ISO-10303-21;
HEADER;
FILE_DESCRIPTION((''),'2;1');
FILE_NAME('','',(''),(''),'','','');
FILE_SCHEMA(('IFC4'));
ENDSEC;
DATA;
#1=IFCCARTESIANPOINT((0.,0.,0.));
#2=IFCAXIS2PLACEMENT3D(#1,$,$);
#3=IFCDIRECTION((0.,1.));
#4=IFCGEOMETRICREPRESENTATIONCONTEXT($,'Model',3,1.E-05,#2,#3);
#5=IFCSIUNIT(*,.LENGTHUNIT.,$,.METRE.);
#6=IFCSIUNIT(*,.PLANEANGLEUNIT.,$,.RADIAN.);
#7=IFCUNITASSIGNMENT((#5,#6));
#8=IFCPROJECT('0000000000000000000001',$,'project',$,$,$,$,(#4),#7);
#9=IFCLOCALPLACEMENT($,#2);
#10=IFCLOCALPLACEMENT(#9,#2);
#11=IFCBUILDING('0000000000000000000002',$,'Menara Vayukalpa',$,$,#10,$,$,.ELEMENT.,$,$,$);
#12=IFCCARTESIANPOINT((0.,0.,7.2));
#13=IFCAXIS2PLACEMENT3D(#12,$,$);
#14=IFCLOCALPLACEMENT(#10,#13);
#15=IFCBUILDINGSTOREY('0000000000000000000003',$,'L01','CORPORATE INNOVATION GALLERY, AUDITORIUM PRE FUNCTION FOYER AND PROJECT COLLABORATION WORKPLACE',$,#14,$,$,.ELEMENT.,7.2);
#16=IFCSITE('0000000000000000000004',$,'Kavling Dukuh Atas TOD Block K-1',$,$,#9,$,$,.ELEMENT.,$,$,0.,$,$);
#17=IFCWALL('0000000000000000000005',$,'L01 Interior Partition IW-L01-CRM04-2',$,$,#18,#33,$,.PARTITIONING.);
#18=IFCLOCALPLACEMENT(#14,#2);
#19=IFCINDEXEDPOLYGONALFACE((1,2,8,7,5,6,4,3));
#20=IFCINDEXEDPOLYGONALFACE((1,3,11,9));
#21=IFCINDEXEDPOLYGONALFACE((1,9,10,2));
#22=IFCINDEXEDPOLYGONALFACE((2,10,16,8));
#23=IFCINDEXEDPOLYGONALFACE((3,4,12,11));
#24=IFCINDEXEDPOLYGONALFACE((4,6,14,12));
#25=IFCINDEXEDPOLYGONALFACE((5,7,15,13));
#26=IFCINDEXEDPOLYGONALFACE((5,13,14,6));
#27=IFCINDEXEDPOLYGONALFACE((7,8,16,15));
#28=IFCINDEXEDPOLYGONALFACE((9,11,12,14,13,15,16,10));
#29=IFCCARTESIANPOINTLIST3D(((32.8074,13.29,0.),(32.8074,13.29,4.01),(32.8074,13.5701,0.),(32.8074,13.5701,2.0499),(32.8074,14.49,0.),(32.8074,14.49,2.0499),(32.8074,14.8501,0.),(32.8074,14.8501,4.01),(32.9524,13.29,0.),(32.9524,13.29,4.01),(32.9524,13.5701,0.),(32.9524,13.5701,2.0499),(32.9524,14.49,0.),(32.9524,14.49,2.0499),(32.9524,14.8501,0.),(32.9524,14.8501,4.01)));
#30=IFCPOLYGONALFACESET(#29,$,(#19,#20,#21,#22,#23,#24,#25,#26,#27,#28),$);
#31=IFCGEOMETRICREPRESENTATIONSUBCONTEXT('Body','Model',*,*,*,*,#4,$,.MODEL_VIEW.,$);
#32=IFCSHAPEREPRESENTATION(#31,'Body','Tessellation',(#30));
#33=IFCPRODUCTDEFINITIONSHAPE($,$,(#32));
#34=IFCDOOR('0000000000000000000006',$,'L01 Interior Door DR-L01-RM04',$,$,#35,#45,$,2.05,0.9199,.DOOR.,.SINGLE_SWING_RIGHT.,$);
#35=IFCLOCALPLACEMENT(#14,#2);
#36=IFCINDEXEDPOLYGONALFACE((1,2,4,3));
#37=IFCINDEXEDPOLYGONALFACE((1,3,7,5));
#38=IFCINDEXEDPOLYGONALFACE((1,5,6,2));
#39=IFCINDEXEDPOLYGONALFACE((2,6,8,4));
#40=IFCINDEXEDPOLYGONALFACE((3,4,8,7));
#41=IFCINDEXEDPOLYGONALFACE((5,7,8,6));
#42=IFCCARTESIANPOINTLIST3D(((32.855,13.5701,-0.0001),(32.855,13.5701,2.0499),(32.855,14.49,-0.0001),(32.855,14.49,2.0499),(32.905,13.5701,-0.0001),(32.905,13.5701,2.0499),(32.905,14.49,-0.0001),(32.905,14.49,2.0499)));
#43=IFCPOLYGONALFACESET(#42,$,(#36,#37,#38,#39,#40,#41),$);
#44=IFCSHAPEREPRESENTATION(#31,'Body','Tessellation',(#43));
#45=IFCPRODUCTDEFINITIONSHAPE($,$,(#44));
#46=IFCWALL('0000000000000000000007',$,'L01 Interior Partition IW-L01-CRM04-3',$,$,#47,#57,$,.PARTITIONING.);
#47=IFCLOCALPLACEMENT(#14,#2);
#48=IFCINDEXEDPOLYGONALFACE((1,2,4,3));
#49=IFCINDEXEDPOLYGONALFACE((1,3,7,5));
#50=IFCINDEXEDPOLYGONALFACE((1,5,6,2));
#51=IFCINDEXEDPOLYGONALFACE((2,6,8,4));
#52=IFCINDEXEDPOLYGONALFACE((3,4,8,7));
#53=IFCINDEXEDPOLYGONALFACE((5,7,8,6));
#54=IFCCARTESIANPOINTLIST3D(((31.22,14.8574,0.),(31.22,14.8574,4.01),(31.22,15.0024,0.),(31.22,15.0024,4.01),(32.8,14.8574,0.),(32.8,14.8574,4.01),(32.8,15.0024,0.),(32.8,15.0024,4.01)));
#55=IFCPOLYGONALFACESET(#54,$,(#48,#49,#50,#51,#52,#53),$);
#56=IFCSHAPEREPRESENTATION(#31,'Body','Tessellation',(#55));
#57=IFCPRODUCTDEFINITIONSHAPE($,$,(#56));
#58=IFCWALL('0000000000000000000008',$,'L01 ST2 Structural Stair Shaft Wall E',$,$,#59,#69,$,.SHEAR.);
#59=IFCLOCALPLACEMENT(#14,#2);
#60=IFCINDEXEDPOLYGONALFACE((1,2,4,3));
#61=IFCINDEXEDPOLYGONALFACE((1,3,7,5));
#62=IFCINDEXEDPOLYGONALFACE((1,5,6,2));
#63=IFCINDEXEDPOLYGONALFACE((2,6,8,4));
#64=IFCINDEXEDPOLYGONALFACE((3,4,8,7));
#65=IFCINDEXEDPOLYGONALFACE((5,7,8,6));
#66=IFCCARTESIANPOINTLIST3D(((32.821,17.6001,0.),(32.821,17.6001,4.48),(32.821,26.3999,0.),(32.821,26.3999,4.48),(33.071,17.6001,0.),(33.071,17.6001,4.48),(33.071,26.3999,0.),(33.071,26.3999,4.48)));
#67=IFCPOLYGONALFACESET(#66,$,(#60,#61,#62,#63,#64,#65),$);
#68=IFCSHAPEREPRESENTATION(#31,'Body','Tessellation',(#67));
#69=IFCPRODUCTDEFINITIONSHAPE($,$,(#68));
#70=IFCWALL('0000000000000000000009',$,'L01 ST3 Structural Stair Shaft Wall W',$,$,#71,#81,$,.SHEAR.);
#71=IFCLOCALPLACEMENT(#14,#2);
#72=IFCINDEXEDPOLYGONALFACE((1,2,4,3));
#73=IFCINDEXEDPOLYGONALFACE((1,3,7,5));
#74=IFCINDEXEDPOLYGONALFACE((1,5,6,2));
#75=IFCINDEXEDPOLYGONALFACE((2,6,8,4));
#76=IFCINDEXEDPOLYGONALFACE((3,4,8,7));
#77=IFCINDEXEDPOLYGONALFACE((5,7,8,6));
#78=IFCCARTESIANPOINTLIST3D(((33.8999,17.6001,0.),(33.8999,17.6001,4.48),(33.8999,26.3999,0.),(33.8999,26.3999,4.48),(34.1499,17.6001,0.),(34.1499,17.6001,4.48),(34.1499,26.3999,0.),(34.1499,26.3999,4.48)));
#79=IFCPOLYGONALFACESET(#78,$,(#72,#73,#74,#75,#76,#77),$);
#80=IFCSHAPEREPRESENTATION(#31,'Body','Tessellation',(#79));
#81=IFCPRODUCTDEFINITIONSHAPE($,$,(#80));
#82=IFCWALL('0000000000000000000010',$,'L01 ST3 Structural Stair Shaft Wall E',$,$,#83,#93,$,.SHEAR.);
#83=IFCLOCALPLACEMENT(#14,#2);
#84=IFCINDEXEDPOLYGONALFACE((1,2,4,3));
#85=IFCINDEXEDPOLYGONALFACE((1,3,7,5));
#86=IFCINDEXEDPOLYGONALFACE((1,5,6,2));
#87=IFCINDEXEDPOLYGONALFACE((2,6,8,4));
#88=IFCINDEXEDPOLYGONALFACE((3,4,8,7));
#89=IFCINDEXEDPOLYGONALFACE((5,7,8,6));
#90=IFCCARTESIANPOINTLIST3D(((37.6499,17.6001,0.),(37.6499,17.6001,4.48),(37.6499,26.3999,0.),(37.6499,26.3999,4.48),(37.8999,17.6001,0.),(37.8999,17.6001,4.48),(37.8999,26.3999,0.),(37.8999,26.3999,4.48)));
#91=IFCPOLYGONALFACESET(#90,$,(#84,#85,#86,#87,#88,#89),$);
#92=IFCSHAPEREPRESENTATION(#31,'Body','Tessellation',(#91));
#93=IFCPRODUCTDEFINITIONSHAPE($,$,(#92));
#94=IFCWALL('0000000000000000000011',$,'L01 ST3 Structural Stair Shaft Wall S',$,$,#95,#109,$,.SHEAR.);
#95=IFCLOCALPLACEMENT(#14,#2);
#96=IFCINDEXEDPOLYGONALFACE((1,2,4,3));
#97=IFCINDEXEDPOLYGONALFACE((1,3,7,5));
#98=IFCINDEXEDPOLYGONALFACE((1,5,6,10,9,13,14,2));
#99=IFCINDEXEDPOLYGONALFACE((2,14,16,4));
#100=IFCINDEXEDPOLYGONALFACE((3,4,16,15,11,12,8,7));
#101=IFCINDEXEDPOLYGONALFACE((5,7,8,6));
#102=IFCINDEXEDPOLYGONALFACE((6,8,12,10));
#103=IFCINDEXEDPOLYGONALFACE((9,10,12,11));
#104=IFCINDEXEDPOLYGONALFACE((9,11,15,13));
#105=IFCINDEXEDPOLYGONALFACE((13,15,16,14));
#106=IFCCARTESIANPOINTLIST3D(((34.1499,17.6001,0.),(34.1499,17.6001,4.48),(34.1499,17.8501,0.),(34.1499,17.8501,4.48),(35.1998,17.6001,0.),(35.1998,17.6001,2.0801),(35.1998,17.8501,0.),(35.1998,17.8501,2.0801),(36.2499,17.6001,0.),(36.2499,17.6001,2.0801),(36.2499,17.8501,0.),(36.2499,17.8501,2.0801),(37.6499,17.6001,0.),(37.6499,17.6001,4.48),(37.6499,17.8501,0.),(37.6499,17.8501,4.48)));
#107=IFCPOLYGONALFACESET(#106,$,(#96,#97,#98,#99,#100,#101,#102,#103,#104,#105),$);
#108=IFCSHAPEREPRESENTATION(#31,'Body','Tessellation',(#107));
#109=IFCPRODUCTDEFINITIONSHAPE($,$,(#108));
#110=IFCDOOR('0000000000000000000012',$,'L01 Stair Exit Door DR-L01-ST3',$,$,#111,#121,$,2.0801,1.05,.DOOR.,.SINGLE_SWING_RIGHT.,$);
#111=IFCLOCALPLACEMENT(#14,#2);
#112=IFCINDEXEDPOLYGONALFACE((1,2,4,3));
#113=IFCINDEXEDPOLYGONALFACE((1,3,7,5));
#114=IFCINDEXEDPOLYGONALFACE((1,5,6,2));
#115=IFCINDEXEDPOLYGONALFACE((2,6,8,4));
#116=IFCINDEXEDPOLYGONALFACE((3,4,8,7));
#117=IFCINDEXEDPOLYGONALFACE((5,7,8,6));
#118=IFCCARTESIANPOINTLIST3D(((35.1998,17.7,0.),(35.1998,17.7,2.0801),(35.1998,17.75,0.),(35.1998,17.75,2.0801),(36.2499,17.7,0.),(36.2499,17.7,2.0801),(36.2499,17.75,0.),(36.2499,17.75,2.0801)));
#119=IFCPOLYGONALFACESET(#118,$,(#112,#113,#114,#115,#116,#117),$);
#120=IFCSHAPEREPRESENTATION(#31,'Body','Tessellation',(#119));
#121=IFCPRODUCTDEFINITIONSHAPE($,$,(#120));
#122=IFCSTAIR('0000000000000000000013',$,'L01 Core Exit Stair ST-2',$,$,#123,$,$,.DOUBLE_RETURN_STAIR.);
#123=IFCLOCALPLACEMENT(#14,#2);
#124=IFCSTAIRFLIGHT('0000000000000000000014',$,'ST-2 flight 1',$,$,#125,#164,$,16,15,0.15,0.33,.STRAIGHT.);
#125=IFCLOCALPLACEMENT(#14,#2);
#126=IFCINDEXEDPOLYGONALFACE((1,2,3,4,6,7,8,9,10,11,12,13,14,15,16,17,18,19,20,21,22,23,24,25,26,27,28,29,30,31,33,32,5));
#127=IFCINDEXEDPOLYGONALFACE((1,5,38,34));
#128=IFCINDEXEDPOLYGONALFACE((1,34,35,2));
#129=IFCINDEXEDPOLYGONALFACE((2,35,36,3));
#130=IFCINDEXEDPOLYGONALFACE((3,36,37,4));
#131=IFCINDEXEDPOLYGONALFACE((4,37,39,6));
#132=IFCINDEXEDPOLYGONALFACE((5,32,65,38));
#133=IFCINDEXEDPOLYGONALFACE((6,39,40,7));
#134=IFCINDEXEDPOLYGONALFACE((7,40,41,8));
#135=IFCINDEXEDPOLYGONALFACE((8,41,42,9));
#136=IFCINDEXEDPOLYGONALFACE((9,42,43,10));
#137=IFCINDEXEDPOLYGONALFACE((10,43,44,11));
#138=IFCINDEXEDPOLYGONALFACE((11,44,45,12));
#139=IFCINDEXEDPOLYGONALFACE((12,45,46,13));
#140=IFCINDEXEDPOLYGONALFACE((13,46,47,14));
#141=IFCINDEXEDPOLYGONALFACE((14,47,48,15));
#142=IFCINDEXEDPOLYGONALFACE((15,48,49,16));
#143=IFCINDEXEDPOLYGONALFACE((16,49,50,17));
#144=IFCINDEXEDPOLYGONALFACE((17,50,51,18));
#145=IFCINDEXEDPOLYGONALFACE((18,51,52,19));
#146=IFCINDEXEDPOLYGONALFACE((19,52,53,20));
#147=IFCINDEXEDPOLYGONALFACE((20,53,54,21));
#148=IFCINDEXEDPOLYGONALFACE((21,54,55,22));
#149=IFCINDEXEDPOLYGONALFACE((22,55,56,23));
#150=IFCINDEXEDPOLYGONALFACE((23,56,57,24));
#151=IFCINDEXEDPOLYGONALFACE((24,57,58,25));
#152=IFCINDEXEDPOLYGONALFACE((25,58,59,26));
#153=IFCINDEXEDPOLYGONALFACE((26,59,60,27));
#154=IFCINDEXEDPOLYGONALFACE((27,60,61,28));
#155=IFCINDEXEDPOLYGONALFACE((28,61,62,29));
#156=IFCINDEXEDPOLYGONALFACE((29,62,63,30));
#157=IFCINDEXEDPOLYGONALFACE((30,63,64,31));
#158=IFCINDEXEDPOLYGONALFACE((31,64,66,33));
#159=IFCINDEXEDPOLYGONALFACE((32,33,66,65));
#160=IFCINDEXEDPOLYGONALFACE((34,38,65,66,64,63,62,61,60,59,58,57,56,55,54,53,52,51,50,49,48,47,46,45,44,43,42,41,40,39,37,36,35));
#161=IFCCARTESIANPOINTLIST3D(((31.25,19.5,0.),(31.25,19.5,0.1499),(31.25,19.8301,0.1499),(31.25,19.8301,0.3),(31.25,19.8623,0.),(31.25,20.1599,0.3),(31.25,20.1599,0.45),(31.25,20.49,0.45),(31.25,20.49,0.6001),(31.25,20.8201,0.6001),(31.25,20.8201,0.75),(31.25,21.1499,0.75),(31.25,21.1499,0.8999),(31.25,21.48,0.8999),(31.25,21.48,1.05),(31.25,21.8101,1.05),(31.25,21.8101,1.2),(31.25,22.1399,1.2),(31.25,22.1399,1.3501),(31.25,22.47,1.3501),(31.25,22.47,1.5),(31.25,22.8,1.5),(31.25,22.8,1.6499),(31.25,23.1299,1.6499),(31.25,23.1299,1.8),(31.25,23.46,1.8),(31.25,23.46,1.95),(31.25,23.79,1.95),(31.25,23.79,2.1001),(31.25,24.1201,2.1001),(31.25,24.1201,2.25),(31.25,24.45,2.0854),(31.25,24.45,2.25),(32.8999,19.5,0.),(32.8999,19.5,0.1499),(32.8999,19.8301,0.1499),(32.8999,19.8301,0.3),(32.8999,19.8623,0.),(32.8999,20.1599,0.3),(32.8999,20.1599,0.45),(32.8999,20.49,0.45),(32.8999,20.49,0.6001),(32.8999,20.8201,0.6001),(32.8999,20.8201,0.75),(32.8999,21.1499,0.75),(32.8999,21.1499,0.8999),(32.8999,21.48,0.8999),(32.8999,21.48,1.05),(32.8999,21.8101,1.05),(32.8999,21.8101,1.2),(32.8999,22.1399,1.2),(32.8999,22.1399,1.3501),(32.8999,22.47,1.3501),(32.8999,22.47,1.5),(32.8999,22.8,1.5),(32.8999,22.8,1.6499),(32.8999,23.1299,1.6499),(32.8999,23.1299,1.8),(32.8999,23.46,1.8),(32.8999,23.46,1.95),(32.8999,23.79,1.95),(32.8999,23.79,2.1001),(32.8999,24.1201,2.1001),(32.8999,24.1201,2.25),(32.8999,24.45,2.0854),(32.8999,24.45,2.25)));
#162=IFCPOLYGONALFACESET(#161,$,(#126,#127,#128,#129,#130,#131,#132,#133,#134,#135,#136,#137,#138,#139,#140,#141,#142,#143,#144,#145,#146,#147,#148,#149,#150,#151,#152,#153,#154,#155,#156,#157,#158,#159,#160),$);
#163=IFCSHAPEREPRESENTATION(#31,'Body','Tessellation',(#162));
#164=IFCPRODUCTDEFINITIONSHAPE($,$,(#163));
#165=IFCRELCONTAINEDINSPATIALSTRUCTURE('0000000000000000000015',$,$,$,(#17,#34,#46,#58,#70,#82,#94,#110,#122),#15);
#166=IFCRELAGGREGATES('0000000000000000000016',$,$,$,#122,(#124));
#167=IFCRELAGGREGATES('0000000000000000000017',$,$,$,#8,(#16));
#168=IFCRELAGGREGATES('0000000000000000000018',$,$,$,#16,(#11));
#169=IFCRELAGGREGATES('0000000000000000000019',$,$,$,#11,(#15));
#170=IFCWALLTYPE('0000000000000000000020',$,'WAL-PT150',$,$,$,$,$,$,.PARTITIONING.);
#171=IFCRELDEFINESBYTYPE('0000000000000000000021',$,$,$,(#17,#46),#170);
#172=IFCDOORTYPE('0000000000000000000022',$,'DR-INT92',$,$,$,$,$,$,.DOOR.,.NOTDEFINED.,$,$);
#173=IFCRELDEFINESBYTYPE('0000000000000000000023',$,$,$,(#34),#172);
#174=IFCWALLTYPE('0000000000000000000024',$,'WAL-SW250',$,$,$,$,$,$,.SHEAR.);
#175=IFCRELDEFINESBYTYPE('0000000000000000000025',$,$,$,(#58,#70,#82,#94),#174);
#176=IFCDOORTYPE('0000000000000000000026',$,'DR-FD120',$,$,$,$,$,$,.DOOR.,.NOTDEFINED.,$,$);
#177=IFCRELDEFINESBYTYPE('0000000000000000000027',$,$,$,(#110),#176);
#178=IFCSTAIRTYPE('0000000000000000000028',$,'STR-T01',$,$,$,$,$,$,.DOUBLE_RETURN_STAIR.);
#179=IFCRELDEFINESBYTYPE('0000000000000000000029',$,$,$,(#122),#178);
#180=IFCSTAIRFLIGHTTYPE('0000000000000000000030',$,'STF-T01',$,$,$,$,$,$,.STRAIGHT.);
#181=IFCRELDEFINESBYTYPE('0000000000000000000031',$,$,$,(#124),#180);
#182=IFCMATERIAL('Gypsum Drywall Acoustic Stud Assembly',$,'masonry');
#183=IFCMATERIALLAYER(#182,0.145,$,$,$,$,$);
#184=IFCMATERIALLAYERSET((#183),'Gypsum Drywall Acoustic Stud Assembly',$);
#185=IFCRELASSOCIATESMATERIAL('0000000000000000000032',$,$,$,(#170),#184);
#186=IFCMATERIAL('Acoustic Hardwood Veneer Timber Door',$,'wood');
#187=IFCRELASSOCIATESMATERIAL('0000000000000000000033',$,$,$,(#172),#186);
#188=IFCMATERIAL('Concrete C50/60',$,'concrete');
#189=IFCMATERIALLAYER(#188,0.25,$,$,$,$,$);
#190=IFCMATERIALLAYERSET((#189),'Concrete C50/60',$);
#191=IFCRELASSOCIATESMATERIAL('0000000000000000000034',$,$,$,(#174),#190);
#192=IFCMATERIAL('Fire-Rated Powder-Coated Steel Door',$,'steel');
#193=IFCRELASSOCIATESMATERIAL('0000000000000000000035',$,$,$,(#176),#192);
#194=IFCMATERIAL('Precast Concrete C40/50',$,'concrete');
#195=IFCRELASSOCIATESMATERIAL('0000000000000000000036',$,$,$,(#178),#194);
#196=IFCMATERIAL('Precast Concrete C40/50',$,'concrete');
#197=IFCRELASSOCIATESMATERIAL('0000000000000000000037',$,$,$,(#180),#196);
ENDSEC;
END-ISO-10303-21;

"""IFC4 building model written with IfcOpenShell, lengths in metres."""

from ifc_helpers import new_model, si_unit, direction, frame, frame_2d, origin, place, context, subcontext, project, spatial, polyline, rectangle, outline, extrude, material, layer, layer_set, type_object, element, fill, aggregate, save


model = new_model("IFC4")

# Units and contexts
model_context = context("Model", 3, precision=1e-05, world=origin(), true_north=direction((0.0, 1.0)))
body_context = subcontext(model_context, "Body", "Model", "MODEL_VIEW")
ifc_project = project(units=[si_unit("LENGTHUNIT", "METRE"), si_unit("PLANEANGLEUNIT", "RADIAN")], contexts=[model_context])

# Site, building, storey
site_placement = place(None, origin())
site = spatial("IfcSite", under=ifc_project, at=site_placement, Name="Kavling Dukuh Atas TOD Block K-1", CompositionType="ELEMENT", RefElevation=0.0)
building_placement = place(site_placement, origin())
building = spatial("IfcBuilding", under=site, at=building_placement, Name="Menara Vayukalpa", CompositionType="ELEMENT")
storey_placement = place(building_placement, frame((0.0, 0.0, 7.2)))
storey = spatial("IfcBuildingStorey", under=building, at=storey_placement, Name="L01", Description="CORPORATE INNOVATION GALLERY, AUDITORIUM PRE FUNCTION FOYER AND PROJECT COLLABORATION WORKPLACE", CompositionType="ELEMENT", Elevation=7.2)

# Shared definitions
ifc_material_1 = material(Name="Gypsum Drywall Acoustic Stud Assembly", Category="masonry")
ifc_layer_1 = layer(ifc_material_1, 0.145)
ifc_layer_set_1 = layer_set([ifc_layer_1], Name="Gypsum Drywall Acoustic Stud Assembly")
wall_type_1 = type_object("IfcWallType", Name="WAL-PT150", PredefinedType="PARTITIONING", material=ifc_layer_set_1)

# Wall, opening, door
wall_1_placement = place(storey_placement, frame((32.8799, 13.29, 0.0), z_axis=(0.0, 0.0, 1.0), x_axis=(0.0, 1.0, 0.0)))
wall_1 = element("IfcWall", 1, at=wall_1_placement, inside=storey, type_object=wall_type_1, Name="L01 Interior Partition IW-L01-CRM04-2", PredefinedType="PARTITIONING", context=body_context, shape_type="SweptSolid", body=[
    extrude(rectangle(XDim=1.5601, YDim=0.145, at=frame_2d((0.78, 0.0))), origin(), (0.0, 0.0, 1.0), 4.01),
])
opening_1_placement = place(wall_1_placement, frame((0.28, 0.0, 0.0)))
opening_1 = element("IfcOpeningElement", 2, at=opening_1_placement, cuts=wall_1, PredefinedType="OPENING", context=body_context, shape_type="SweptSolid", body=[
    extrude(rectangle(XDim=0.9199, YDim=2.05, at=frame_2d((0.46, 1.0249))), frame((0.0, 0.0825, 0.0), z_axis=(0.0, -1.0, 0.0), x_axis=(1.0, 0.0, 0.0)), (0.0, 0.0, 1.0), 0.165),
])
ifc_material_2 = material(Name="Acoustic Hardwood Veneer Timber Door", Category="wood")
door_type_1 = type_object("IfcDoorType", Name="DR-INT92", OperationType="NOTDEFINED", PredefinedType="DOOR", material=ifc_material_2)
door_1_placement = place(opening_1_placement, origin())
door_1 = element("IfcDoor", 3, at=door_1_placement, inside=storey, type_object=door_type_1, Name="L01 Interior Door DR-L01-RM04", OperationType="SINGLE_SWING_RIGHT", OverallHeight=2.05, OverallWidth=0.9199, PredefinedType="DOOR", context=body_context, shape_type="SweptSolid", body=[
    extrude(rectangle(XDim=0.9199, YDim=2.05, at=frame_2d((0.46, 1.0249))), frame((0.0, 0.0249, 0.0), z_axis=(0.0, -1.0, 0.0), x_axis=(1.0, 0.0, 0.0)), (0.0, 0.0, 1.0), 0.05),
])
fill(opening_1, door_1)

# Walls
wall_2_placement = place(storey_placement, frame((32.8, 14.9299, 0.0), z_axis=(0.0, 0.0, 1.0), x_axis=(-1.0, 0.0, 0.0)))
element("IfcWall", 4, at=wall_2_placement, inside=storey, type_object=wall_type_1, Name="L01 Interior Partition IW-L01-CRM04-3", PredefinedType="PARTITIONING", context=body_context, shape_type="SweptSolid", body=[
    extrude(rectangle(XDim=1.5801, YDim=0.145, at=frame_2d((0.79, 0.0))), origin(), (0.0, 0.0, 1.0), 4.01),
])
ifc_material_3 = material(Name="Concrete C50/60", Category="concrete")
ifc_layer_2 = layer(ifc_material_3, 0.25)
ifc_layer_set_2 = layer_set([ifc_layer_2], Name="Concrete C50/60")
wall_type_2 = type_object("IfcWallType", Name="WAL-SW250", PredefinedType="SHEAR", material=ifc_layer_set_2)
for number, where, z_axis, x_axis, name in (
    (5, (32.946, 17.6001, 0.0), (0.0, 0.0, 1.0), (0.0, 1.0, 0.0), "L01 ST2 Structural Stair Shaft Wall E"),
    (6, (34.0249, 17.6001, 0.0), (0.0, 0.0, 1.0), (0.0, 1.0, 0.0), "L01 ST3 Structural Stair Shaft Wall W"),
    (7, (37.7749, 17.6001, 0.0), (0.0, 0.0, 1.0), (0.0, 1.0, 0.0), "L01 ST3 Structural Stair Shaft Wall E"),
):
    element("IfcWall", number, at=place(storey_placement, frame(where, z_axis=z_axis, x_axis=x_axis)), inside=storey, type_object=wall_type_2, Name=name, PredefinedType="SHEAR", context=body_context, shape_type="SweptSolid", body=[
        extrude(rectangle(XDim=8.7998, YDim=0.25, at=frame_2d((4.3999, 0.0))), origin(), (0.0, 0.0, 1.0), 4.48),
    ])

# Wall, opening, door
wall_3_placement = place(storey_placement, frame((34.1499, 17.7251, 0.0), z_axis=(0.0, 0.0, 1.0), x_axis=(1.0, 0.0, 0.0)))
wall_3 = element("IfcWall", 8, at=wall_3_placement, inside=storey, type_object=wall_type_2, Name="L01 ST3 Structural Stair Shaft Wall S", PredefinedType="SHEAR", context=body_context, shape_type="SweptSolid", body=[
    extrude(rectangle(XDim=3.5, YDim=0.25, at=frame_2d((1.75, 0.0))), origin(), (0.0, 0.0, 1.0), 4.48),
])
opening_2_placement = place(wall_3_placement, frame((1.05, 0.0, 0.0)))
opening_2 = element("IfcOpeningElement", 9, at=opening_2_placement, cuts=wall_3, PredefinedType="OPENING", context=body_context, shape_type="SweptSolid", body=[
    extrude(rectangle(XDim=1.05, YDim=2.0801, at=frame_2d((0.5249, 1.04))), frame((0.0, 0.135, 0.0), z_axis=(0.0, -1.0, 0.0), x_axis=(1.0, 0.0, 0.0)), (0.0, 0.0, 1.0), 0.27),
])
ifc_material_4 = material(Name="Fire-Rated Powder-Coated Steel Door", Category="steel")
door_type_2 = type_object("IfcDoorType", Name="DR-FD120", OperationType="NOTDEFINED", PredefinedType="DOOR", material=ifc_material_4)
door_2_placement = place(opening_2_placement, origin())
door_2 = element("IfcDoor", 10, at=door_2_placement, inside=storey, type_object=door_type_2, Name="L01 Stair Exit Door DR-L01-ST3", OperationType="SINGLE_SWING_RIGHT", OverallHeight=2.0801, OverallWidth=1.05, PredefinedType="DOOR", context=body_context, shape_type="SweptSolid", body=[
    extrude(rectangle(XDim=1.05, YDim=2.0801, at=frame_2d((0.5249, 1.04))), frame((0.0, 0.0249, 0.0), z_axis=(0.0, -1.0, 0.0), x_axis=(1.0, 0.0, 0.0)), (0.0, 0.0, 1.0), 0.05),
])
fill(opening_2, door_2)

# Stair, stair flight
ifc_material_5 = material(Name="Precast Concrete C40/50", Category="concrete")
stair_type = type_object("IfcStairType", Name="STR-T01", PredefinedType="DOUBLE_RETURN_STAIR", material=ifc_material_5)
stair_1_placement = place(storey_placement, origin())
stair_1 = element("IfcStair", 11, at=stair_1_placement, inside=storey, type_object=stair_type, Name="L01 Core Exit Stair ST-2", PredefinedType="DOUBLE_RETURN_STAIR")
ifc_material_6 = material(Name="Precast Concrete C40/50", Category="concrete")
stair_flight_type = type_object("IfcStairFlightType", Name="STF-T01", PredefinedType="STRAIGHT", material=ifc_material_6)
stair_flight_1_placement = place(storey_placement, frame((32.075, 19.5, 0.0), z_axis=(0.0, 0.0, 1.0), x_axis=(0.0, 1.0, 0.0)))
stair_flight_1 = element("IfcStairFlight", 12, at=stair_flight_1_placement, type_object=stair_flight_type, Name="ST-2 flight 1", NumberOfRisers=16, NumberOfTreads=15, PredefinedType="STRAIGHT", RiserHeight=0.15, TreadLength=0.33, context=body_context, shape_type="SweptSolid", body=[
    extrude(outline(polyline([(0.0, 0.0), (0.0, 0.1499), (0.3301, 0.1499), (0.3301, 0.3), (0.6599, 0.3), (0.6599, 0.45), (0.99, 0.45), (0.99, 0.6001), (1.3201, 0.6001), (1.3201, 0.75), (1.6499, 0.75), (1.6499, 0.8999), (1.98, 0.8999), (1.98, 1.05), (2.3101, 1.05), (2.3101, 1.2), (2.6399, 1.2), (2.6399, 1.3501), (2.97, 1.3501), (2.97, 1.5), (3.3, 1.5), (3.3, 1.6499), (3.6299, 1.6499), (3.6299, 1.8), (3.96, 1.8), (3.96, 1.95), (4.29, 1.95), (4.29, 2.1001), (4.6201, 2.1001), (4.6201, 2.25), (4.95, 2.25), (4.95, 2.3999), (4.95, 2.0854), (0.3623, 0.0), (0.0, 0.0)])), frame((0.0, 0.825, 0.0), z_axis=(0.0, -1.0, 0.0), x_axis=(1.0, 0.0, 0.0)), (0.0, 0.0, 1.0), 1.6499),
])
aggregate(stair_1, [stair_flight_1])

save(model, "model.ifc")
